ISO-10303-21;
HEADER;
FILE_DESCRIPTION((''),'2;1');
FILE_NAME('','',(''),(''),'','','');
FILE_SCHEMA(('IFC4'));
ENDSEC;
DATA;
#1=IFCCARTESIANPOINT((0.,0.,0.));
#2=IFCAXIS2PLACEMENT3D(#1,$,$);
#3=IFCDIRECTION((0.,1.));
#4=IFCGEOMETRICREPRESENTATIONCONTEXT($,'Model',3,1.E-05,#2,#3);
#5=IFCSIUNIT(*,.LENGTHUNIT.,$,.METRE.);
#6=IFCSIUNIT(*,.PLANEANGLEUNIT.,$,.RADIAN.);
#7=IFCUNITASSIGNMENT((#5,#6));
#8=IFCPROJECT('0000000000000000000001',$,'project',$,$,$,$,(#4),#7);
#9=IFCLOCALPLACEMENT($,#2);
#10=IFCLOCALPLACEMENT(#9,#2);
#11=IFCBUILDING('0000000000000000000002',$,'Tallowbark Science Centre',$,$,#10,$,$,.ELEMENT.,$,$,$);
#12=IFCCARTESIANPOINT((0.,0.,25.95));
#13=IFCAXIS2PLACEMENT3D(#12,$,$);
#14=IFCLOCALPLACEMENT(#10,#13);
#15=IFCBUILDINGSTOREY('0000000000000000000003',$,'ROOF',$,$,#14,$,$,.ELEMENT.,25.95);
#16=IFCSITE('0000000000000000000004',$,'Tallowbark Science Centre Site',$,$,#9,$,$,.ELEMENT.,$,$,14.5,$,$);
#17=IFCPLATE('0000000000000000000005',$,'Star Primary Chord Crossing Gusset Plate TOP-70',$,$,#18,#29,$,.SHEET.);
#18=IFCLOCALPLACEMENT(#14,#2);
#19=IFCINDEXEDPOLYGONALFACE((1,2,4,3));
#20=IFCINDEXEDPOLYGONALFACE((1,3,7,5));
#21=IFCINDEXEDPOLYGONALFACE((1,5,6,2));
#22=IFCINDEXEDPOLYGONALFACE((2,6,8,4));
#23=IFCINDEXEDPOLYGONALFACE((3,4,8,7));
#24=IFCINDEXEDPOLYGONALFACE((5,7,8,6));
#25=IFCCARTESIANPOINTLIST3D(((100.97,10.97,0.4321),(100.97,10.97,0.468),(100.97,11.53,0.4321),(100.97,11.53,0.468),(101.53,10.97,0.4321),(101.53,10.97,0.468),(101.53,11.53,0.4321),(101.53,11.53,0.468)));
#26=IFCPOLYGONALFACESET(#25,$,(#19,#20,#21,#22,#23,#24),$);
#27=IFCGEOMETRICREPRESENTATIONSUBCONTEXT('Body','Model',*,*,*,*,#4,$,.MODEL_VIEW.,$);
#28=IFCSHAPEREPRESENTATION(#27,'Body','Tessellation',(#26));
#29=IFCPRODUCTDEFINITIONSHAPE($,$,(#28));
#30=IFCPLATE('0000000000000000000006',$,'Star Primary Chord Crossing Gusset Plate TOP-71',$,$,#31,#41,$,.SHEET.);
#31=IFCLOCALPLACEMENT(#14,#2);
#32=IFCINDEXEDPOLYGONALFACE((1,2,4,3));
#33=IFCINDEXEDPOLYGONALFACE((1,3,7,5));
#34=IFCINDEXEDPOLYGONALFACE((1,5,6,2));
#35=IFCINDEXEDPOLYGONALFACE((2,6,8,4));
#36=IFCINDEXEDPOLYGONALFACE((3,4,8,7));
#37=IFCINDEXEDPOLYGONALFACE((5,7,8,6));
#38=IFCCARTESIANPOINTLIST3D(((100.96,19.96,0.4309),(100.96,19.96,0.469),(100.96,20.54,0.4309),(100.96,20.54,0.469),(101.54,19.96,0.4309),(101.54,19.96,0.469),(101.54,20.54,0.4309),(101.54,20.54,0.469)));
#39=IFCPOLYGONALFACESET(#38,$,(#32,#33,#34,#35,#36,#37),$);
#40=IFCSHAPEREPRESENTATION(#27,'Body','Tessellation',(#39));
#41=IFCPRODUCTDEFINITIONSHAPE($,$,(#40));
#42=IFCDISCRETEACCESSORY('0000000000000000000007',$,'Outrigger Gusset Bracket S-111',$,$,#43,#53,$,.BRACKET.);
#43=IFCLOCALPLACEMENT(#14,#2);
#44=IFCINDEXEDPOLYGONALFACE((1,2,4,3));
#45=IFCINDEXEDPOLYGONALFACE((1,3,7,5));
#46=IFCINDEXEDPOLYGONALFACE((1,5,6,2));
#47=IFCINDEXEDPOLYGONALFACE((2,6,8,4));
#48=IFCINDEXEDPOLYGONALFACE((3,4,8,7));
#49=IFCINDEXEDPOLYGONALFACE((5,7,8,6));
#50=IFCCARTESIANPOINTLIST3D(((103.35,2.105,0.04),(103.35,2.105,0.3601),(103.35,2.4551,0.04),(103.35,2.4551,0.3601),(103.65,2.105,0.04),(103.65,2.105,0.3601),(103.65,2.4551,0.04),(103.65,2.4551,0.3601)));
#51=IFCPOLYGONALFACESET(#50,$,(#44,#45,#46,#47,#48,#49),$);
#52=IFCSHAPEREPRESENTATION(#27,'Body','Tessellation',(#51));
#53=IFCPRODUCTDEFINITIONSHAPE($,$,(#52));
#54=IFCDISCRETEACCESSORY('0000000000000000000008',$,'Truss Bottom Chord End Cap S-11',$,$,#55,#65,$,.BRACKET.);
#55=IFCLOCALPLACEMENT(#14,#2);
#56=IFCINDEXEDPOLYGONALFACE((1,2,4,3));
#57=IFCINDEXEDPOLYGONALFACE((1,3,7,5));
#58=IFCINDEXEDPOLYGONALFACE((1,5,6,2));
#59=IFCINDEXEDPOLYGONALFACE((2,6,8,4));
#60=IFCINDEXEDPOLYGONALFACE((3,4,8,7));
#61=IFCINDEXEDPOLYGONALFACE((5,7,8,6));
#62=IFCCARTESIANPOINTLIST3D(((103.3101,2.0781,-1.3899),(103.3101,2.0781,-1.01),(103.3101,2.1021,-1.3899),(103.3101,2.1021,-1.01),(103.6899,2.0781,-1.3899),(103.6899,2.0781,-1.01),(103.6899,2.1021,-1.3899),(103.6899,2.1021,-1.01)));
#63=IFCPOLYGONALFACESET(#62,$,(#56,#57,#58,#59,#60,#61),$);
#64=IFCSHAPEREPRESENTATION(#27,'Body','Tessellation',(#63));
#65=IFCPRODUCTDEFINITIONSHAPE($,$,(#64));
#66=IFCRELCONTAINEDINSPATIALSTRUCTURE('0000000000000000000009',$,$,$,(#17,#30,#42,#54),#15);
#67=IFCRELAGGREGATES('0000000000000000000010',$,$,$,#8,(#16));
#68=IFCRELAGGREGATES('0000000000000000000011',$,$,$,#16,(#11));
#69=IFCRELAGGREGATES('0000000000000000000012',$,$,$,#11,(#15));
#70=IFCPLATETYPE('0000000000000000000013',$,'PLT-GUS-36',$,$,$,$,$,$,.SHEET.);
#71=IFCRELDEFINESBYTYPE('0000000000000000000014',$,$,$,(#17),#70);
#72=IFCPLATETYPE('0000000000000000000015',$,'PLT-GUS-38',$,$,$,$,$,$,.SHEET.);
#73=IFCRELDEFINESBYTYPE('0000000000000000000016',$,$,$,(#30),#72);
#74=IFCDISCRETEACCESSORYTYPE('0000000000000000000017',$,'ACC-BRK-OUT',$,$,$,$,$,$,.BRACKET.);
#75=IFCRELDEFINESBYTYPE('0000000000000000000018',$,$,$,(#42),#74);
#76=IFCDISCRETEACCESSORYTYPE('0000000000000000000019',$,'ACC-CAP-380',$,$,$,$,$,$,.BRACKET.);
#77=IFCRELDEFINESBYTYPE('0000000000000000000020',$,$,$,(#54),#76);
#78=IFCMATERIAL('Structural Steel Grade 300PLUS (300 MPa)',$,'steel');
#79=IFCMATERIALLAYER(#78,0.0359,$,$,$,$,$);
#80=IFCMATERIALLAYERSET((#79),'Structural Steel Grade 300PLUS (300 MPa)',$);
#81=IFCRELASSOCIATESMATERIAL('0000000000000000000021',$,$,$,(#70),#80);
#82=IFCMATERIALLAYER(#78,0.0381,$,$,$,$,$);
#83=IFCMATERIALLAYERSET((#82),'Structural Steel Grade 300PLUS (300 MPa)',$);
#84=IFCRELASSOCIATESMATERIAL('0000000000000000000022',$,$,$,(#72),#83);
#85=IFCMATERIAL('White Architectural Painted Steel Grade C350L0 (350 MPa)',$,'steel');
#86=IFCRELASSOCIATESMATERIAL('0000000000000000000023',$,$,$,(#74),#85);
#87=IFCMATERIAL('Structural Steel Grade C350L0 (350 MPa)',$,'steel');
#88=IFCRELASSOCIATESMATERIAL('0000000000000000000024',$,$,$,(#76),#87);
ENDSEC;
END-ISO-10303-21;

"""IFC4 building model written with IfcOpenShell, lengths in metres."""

from ifc_helpers import new_model, si_unit, direction, frame, origin, origin_2d, place, context, subcontext, project, spatial, rectangle, extrude, material, layer, layer_set, type_object, element, save


model = new_model("IFC4")

# Units and contexts
model_context = context("Model", 3, precision=1e-05, world=origin(), true_north=direction((0.0, 1.0)))
body_context = subcontext(model_context, "Body", "Model", "MODEL_VIEW")
ifc_project = project(units=[si_unit("LENGTHUNIT", "METRE"), si_unit("PLANEANGLEUNIT", "RADIAN")], contexts=[model_context])

# Site, building, storey
site_placement = place(None, origin())
site = spatial("IfcSite", under=ifc_project, at=site_placement, Name="Tallowbark Science Centre Site", CompositionType="ELEMENT", RefElevation=14.5)
building_placement = place(site_placement, origin())
building = spatial("IfcBuilding", under=site, at=building_placement, Name="Tallowbark Science Centre", CompositionType="ELEMENT")
storey_placement = place(building_placement, frame((0.0, 0.0, 25.95)))
storey = spatial("IfcBuildingStorey", under=building, at=storey_placement, Name="ROOF", CompositionType="ELEMENT", Elevation=25.95)

# Shared definitions
ifc_material_1 = material(Name="White Architectural Painted Steel Grade C350L0 (350 MPa)", Category="steel")

# Plates
ifc_material_2 = material(Name="Structural Steel Grade 300PLUS (300 MPa)", Category="steel")
ifc_layer_1 = layer(ifc_material_2, 0.0359)
ifc_layer_set_1 = layer_set([ifc_layer_1], Name="Structural Steel Grade 300PLUS (300 MPa)")
plate_type_1 = type_object("IfcPlateType", Name="PLT-GUS-36", PredefinedType="SHEET", material=ifc_layer_set_1)
plate_1_placement = place(storey_placement, frame((101.25, 11.25, 0.4321), z_axis=(0.0, 0.0, 1.0), x_axis=(1.0, 0.0, 0.0)))
element("IfcPlate", 1, at=plate_1_placement, inside=storey, type_object=plate_type_1, Name="Star Primary Chord Crossing Gusset Plate TOP-70", PredefinedType="SHEET", context=body_context, shape_type="SweptSolid", body=[
    extrude(rectangle(XDim=0.5601, YDim=0.5601, at=origin_2d()), origin(), (0.0, 0.0, 1.0), 0.0359),
])
ifc_layer_2 = layer(ifc_material_2, 0.0381)
ifc_layer_set_2 = layer_set([ifc_layer_2], Name="Structural Steel Grade 300PLUS (300 MPa)")
plate_type_2 = type_object("IfcPlateType", Name="PLT-GUS-38", PredefinedType="SHEET", material=ifc_layer_set_2)
plate_2_placement = place(storey_placement, frame((101.25, 20.25, 0.4309), z_axis=(0.0, 0.0, 1.0), x_axis=(1.0, 0.0, 0.0)))
element("IfcPlate", 2, at=plate_2_placement, inside=storey, type_object=plate_type_2, Name="Star Primary Chord Crossing Gusset Plate TOP-71", PredefinedType="SHEET", context=body_context, shape_type="SweptSolid", body=[
    extrude(rectangle(XDim=0.5801, YDim=0.5801, at=origin_2d()), origin(), (0.0, 0.0, 1.0), 0.0381),
])

# Discrete accessories
discrete_accessory_type_1 = type_object("IfcDiscreteAccessoryType", Name="ACC-BRK-OUT", PredefinedType="BRACKET", material=ifc_material_1)
discrete_accessory_1_placement = place(storey_placement, frame((103.5, 2.28, 0.04), z_axis=(0.0, 0.0, 1.0), x_axis=(1.0, 0.0, 0.0)))
element("IfcDiscreteAccessory", 3, at=discrete_accessory_1_placement, inside=storey, type_object=discrete_accessory_type_1, Name="Outrigger Gusset Bracket S-111", PredefinedType="BRACKET", context=body_context, shape_type="SweptSolid", body=[
    extrude(rectangle(XDim=0.3, YDim=0.3501, at=origin_2d()), origin(), (0.0, 0.0, 1.0), 0.3201),
])
ifc_material_3 = material(Name="Structural Steel Grade C350L0 (350 MPa)", Category="steel")
discrete_accessory_type_2 = type_object("IfcDiscreteAccessoryType", Name="ACC-CAP-380", PredefinedType="BRACKET", material=ifc_material_3)
discrete_accessory_2_placement = place(storey_placement, frame((103.5, 2.0901, -1.3899), z_axis=(0.0, 0.0, 1.0), x_axis=(1.0, 0.0, 0.0)))
element("IfcDiscreteAccessory", 4, at=discrete_accessory_2_placement, inside=storey, type_object=discrete_accessory_type_2, Name="Truss Bottom Chord End Cap S-11", PredefinedType="BRACKET", context=body_context, shape_type="SweptSolid", body=[
    extrude(rectangle(XDim=0.3799, YDim=0.0239, at=origin_2d()), origin(), (0.0, 0.0, 1.0), 0.3799),
])

save(model, "model.ifc")
